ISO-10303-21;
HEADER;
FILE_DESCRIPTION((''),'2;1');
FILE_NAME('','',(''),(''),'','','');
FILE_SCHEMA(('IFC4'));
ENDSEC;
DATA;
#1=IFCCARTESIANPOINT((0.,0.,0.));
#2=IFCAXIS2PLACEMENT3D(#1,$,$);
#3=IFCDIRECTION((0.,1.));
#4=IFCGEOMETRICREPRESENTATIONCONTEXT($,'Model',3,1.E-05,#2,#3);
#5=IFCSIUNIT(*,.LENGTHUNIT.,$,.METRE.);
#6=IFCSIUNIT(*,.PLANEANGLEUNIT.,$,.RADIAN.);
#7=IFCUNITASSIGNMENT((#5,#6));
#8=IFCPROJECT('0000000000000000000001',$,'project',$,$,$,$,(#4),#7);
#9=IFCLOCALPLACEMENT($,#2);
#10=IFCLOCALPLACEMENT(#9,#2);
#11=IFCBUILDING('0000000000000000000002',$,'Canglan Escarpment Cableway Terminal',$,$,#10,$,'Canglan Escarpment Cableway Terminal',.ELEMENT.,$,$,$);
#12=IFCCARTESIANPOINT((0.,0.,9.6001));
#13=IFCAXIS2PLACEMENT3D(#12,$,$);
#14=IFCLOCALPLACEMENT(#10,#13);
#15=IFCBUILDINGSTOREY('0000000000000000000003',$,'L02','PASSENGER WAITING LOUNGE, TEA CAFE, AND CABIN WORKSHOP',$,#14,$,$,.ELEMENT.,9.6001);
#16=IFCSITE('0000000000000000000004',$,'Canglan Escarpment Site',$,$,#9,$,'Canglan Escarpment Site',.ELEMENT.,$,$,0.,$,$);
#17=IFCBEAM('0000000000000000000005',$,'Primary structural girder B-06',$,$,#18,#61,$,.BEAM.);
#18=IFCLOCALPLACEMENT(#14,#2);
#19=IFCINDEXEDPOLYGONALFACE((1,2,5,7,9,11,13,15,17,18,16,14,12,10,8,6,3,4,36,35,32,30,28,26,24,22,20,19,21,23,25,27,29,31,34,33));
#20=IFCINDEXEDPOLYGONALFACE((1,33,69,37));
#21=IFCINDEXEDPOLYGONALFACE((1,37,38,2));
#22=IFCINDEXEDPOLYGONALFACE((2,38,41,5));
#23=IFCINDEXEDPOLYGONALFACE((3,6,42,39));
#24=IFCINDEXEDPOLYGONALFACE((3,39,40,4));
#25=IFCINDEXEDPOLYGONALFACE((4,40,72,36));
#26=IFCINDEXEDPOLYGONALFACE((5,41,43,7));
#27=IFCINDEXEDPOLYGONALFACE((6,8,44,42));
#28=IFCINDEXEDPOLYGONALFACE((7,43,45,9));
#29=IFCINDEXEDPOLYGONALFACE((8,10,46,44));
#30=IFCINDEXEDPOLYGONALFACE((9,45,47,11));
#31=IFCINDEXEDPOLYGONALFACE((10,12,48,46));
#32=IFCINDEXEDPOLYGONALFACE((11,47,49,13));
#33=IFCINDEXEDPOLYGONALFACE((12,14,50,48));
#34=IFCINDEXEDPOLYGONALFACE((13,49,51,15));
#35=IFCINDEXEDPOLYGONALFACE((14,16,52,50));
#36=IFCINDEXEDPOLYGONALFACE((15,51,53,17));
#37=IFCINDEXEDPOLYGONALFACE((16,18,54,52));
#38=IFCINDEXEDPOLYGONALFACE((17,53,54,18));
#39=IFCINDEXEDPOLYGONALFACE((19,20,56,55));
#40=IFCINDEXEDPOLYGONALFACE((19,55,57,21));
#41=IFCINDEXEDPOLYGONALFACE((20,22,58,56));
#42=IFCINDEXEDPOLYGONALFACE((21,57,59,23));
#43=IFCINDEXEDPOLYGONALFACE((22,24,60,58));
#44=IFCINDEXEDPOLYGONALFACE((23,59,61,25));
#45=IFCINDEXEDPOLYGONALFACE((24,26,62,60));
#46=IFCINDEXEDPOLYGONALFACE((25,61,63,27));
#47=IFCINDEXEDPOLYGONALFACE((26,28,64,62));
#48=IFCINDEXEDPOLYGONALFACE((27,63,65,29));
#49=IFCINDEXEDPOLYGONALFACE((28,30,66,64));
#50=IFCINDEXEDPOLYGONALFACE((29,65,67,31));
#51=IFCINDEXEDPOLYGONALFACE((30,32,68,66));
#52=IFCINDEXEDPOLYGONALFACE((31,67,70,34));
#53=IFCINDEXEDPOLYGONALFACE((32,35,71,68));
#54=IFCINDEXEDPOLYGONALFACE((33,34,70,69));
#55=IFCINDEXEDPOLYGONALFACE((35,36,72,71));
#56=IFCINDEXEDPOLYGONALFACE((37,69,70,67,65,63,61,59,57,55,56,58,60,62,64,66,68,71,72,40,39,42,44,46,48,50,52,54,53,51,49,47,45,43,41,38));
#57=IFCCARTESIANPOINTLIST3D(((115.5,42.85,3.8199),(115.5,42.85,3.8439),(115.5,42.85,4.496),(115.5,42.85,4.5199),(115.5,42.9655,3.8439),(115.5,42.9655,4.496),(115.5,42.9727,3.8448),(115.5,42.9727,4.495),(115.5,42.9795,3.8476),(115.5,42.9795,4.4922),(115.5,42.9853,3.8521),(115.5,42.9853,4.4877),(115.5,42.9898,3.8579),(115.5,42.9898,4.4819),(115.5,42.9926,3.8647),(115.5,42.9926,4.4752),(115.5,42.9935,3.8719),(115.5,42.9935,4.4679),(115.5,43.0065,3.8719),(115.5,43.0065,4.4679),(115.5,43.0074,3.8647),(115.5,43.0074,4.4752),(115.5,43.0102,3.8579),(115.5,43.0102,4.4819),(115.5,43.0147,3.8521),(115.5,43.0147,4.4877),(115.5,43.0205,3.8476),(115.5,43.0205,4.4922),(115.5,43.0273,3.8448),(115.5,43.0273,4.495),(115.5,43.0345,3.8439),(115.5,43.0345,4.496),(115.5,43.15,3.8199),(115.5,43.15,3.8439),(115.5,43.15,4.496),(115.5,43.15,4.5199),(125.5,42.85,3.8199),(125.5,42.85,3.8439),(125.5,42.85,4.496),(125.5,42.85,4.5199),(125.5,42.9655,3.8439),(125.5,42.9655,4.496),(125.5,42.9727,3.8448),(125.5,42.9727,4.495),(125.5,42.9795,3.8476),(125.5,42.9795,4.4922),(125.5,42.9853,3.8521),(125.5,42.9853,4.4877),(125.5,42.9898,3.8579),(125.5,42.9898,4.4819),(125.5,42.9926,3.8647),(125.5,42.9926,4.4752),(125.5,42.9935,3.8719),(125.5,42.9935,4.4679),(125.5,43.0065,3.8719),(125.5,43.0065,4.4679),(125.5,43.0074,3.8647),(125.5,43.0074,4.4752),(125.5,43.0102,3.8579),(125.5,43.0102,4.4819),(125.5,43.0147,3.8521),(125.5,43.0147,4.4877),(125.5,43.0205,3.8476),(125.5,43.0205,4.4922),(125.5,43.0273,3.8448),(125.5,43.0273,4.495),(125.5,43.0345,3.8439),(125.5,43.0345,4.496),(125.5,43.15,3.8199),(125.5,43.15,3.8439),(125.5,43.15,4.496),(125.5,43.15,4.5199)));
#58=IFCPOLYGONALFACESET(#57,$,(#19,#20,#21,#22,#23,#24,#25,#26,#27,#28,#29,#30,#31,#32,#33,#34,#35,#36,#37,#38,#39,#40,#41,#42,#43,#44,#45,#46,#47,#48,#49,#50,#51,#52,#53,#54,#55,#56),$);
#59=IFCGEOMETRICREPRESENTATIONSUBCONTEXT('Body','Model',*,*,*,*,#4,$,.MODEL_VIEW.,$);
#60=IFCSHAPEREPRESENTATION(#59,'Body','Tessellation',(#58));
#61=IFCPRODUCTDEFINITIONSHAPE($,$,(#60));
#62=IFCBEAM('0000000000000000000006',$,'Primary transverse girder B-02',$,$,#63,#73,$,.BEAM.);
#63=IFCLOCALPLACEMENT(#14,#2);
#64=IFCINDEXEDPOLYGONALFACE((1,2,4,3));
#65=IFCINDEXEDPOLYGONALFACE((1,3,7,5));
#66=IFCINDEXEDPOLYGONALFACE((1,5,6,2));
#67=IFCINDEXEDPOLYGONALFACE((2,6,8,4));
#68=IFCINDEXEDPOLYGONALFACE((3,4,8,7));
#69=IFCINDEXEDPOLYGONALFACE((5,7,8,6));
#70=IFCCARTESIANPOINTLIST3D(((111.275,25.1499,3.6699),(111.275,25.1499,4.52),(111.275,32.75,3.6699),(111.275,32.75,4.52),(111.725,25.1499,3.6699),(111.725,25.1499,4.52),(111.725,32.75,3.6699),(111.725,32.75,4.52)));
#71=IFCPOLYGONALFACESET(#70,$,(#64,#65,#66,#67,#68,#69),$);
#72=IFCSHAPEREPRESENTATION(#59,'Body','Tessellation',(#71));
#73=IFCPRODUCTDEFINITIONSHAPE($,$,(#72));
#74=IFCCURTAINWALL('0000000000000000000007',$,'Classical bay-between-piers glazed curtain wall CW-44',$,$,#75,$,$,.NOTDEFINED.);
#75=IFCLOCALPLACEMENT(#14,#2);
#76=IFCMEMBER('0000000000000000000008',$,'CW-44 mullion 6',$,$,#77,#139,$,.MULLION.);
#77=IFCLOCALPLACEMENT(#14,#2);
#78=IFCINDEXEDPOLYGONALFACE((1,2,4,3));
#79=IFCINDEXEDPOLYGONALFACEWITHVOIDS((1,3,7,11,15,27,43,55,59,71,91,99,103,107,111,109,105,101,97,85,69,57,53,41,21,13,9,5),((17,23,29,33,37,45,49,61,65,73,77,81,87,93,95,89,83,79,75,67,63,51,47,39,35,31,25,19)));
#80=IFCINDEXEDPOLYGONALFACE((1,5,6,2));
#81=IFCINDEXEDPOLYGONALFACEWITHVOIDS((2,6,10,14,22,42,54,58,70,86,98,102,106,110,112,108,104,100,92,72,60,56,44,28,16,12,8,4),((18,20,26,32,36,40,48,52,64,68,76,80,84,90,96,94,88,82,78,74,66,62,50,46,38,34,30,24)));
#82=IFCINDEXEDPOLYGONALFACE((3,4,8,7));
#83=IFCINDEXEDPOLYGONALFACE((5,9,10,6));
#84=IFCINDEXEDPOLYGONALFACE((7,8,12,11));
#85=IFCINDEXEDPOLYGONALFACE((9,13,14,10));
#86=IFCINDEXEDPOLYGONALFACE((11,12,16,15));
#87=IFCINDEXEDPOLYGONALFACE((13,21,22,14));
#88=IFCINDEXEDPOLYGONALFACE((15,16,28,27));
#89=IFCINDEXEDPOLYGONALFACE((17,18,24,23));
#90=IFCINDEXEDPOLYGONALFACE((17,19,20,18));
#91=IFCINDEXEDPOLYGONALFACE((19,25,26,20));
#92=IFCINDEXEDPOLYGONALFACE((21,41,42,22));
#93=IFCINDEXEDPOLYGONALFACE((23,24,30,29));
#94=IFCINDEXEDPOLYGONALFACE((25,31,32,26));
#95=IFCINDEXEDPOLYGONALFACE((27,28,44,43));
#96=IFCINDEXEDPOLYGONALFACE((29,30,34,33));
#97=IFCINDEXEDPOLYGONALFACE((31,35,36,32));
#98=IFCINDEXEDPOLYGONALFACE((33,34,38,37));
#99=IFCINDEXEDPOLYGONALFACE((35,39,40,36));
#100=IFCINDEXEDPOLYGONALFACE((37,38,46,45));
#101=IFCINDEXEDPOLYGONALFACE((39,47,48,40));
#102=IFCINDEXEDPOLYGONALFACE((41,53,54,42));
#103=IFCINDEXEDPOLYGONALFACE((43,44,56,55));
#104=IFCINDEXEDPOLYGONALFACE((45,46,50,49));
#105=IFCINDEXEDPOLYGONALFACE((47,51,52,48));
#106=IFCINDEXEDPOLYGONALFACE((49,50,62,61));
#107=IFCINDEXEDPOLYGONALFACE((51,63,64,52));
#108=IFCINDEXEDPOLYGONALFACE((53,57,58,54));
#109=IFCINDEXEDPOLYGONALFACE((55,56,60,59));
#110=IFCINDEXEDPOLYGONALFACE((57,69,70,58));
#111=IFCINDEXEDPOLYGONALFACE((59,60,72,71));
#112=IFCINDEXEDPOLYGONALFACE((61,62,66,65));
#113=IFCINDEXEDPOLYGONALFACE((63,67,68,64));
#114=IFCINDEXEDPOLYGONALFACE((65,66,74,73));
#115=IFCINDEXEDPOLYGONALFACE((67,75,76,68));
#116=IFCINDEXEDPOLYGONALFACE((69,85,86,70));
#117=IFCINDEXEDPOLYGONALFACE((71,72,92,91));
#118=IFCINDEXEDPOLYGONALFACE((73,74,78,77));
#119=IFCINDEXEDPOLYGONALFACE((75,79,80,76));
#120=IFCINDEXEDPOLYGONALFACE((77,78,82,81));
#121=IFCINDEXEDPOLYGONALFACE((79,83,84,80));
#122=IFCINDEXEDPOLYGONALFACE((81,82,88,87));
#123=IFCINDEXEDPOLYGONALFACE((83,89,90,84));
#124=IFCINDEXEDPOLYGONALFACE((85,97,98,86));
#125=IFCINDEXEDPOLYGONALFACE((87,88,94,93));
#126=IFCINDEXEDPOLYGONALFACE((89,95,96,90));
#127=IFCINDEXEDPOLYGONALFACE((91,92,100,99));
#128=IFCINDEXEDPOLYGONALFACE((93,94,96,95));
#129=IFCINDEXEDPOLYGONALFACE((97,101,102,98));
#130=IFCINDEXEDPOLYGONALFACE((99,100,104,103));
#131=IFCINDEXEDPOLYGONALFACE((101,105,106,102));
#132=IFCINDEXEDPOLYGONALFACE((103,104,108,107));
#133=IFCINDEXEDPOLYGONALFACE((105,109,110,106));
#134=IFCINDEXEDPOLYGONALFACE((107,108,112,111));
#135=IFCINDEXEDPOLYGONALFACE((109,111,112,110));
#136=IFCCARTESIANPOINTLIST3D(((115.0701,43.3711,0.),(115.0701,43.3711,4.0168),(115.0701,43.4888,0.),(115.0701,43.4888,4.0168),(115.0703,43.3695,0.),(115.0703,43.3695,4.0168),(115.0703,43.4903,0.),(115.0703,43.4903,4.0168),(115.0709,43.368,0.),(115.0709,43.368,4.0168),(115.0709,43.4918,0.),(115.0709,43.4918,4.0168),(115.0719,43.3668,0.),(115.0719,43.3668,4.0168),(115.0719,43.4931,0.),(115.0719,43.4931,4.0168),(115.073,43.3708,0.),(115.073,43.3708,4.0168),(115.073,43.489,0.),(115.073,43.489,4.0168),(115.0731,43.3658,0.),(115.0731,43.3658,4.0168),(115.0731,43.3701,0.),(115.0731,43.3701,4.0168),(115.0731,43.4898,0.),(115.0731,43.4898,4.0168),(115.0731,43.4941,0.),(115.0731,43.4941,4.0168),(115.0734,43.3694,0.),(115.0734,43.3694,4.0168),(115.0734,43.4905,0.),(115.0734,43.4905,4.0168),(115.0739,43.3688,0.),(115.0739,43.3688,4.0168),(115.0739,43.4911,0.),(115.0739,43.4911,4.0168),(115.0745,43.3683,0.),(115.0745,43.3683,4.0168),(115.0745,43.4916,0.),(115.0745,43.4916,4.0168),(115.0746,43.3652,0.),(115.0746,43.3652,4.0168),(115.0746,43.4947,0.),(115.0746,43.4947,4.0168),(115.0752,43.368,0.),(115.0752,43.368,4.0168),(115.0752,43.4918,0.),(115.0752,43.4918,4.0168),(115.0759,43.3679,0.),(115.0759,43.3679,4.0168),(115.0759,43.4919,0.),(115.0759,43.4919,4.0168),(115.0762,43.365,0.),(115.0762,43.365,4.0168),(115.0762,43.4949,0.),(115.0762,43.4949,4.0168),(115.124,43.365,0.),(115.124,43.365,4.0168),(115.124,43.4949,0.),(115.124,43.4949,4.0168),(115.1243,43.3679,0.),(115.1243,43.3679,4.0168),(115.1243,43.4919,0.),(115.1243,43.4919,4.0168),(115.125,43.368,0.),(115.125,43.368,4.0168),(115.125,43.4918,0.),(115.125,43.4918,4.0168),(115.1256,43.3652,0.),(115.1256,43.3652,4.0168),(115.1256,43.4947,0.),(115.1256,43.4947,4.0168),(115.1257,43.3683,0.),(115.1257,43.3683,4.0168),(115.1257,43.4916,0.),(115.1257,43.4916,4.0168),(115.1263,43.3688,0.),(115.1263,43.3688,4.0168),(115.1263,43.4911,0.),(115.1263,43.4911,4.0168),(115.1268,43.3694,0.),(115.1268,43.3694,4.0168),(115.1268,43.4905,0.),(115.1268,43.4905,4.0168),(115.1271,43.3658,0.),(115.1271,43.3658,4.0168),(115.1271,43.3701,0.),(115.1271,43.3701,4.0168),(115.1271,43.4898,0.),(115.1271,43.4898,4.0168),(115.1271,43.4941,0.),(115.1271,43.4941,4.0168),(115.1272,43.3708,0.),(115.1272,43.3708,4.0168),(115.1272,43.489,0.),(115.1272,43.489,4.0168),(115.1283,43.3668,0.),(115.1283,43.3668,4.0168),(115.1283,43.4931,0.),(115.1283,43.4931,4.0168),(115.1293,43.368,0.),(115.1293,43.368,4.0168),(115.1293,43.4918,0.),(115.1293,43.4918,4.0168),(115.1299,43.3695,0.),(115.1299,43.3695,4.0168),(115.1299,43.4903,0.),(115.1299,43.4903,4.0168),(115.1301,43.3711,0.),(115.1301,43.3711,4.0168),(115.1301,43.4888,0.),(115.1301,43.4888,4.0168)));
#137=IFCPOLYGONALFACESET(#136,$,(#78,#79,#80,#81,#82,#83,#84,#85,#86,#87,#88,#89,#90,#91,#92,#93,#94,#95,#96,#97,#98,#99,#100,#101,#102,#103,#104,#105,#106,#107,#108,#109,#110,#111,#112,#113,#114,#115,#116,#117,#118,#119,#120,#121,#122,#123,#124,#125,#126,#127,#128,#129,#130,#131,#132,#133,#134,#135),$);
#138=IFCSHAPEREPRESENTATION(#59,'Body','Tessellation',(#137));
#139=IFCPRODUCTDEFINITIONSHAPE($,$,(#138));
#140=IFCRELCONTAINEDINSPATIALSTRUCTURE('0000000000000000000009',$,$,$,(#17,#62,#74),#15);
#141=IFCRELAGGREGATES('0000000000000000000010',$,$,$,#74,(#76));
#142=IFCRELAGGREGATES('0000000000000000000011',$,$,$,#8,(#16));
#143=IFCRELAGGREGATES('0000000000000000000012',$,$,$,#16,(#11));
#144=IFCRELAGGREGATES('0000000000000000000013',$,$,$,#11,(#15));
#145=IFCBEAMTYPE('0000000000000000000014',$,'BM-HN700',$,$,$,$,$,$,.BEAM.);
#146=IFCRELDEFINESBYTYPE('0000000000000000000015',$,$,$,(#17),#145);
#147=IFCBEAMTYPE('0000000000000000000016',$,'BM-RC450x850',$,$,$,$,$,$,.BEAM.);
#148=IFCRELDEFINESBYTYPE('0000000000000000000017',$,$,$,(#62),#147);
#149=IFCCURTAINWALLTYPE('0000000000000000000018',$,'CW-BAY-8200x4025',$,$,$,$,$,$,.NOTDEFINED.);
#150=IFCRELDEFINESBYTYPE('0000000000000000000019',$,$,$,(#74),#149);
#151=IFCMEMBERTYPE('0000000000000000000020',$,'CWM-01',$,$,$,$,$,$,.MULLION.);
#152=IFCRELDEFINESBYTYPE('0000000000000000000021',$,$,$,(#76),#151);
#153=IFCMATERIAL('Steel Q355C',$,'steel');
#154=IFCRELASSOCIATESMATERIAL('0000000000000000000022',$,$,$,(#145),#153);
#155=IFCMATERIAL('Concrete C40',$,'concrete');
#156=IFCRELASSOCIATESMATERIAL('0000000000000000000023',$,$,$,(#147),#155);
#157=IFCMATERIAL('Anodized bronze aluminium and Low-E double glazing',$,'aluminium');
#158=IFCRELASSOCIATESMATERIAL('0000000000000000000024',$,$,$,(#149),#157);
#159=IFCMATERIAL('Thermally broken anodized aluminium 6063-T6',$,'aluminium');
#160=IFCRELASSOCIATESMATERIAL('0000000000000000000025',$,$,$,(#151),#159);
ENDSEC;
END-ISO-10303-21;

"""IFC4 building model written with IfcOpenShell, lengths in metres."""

from ifc_helpers import new_model, si_unit, direction, frame, origin, origin_2d, place, context, subcontext, project, spatial, rectangle, hollow_rectangle, i_section, extrude, material, material_profile, profile_set, type_object, element, aggregate, save


model = new_model("IFC4")

# Units and contexts
model_context = context("Model", 3, precision=1e-05, world=origin(), true_north=direction((0.0, 1.0)))
body_context = subcontext(model_context, "Body", "Model", "MODEL_VIEW")
ifc_project = project(units=[si_unit("LENGTHUNIT", "METRE"), si_unit("PLANEANGLEUNIT", "RADIAN")], contexts=[model_context])

# Site, building, storey
site_placement = place(None, origin())
site = spatial("IfcSite", under=ifc_project, at=site_placement, Name="Canglan Escarpment Site", LongName="Canglan Escarpment Site", CompositionType="ELEMENT", RefElevation=0.0)
building_placement = place(site_placement, origin())
building = spatial("IfcBuilding", under=site, at=building_placement, Name="Canglan Escarpment Cableway Terminal", LongName="Canglan Escarpment Cableway Terminal", CompositionType="ELEMENT")
storey_placement = place(building_placement, frame((0.0, 0.0, 9.6001)))
storey = spatial("IfcBuildingStorey", under=building, at=storey_placement, Name="L02", Description="PASSENGER WAITING LOUNGE, TEA CAFE, AND CABIN WORKSHOP", CompositionType="ELEMENT", Elevation=9.6001)

# Shared definitions
ifc_material_1 = material(Name="Concrete C40", Category="concrete")

# Beams
ifc_material_2 = material(Name="Steel Q355C", Category="steel")
ifc_material_profile_1 = material_profile(ifc_material_2, i_section(OverallWidth=0.3, OverallDepth=0.7, WebThickness=0.0129, FlangeThickness=0.0239, FilletRadius=0.0281, at=origin_2d()), Name="HN 700x300x13x24")
ifc_profile_set_1 = profile_set([ifc_material_profile_1], Name="Steel Q355C")
beam_type_1 = type_object("IfcBeamType", Name="BM-HN700", PredefinedType="BEAM", material=ifc_profile_set_1)
beam_1_placement = place(storey_placement, frame((115.5, 43.0, 4.1699), z_axis=(1.0, 0.0, 0.0), x_axis=(0.0, 1.0, 0.0)))
element("IfcBeam", 1, at=beam_1_placement, inside=storey, type_object=beam_type_1, Name="Primary structural girder B-06", PredefinedType="BEAM", context=body_context, shape_type="SweptSolid", body=[
    extrude(i_section(OverallWidth=0.3, OverallDepth=0.7, WebThickness=0.0129, FlangeThickness=0.0239, FilletRadius=0.0281, at=origin_2d()), origin(), (0.0, 0.0, 1.0), 10.0),
])
ifc_material_profile_2 = material_profile(ifc_material_1, rectangle(XDim=0.45, YDim=0.8501, at=origin_2d()), Name="RC 450x850")
ifc_profile_set_2 = profile_set([ifc_material_profile_2], Name="Concrete C40")
beam_type_2 = type_object("IfcBeamType", Name="BM-RC450x850", PredefinedType="BEAM", material=ifc_profile_set_2)
beam_2_placement = place(storey_placement, frame((111.5, 25.1499, 4.095), z_axis=(0.0, 1.0, 0.0), x_axis=(-1.0, 0.0, 0.0)))
element("IfcBeam", 2, at=beam_2_placement, inside=storey, type_object=beam_type_2, Name="Primary transverse girder B-02", PredefinedType="BEAM", context=body_context, shape_type="SweptSolid", body=[
    extrude(rectangle(XDim=0.45, YDim=0.8501, at=origin_2d()), origin(), (0.0, 0.0, 1.0), 7.6001),
])

# Curtain wall, member
ifc_material_3 = material(Name="Anodized bronze aluminium and Low-E double glazing", Category="aluminium")
curtain_wall_type_1 = type_object("IfcCurtainWallType", Name="CW-BAY-8200x4025", PredefinedType="NOTDEFINED", material=ifc_material_3)
curtain_wall_1_placement = place(storey_placement, origin())
curtain_wall_1 = element("IfcCurtainWall", 3, at=curtain_wall_1_placement, inside=storey, type_object=curtain_wall_type_1, Name="Classical bay-between-piers glazed curtain wall CW-44", PredefinedType="NOTDEFINED")
ifc_material_4 = material(Name="Thermally broken anodized aluminium 6063-T6", Category="aluminium")
ifc_material_profile_3 = material_profile(ifc_material_4, hollow_rectangle(XDim=0.0601, YDim=0.1299, WallThickness=0.0029, InnerFilletRadius=0.0029, OuterFilletRadius=0.0061, at=origin_2d()), Name="ALU-MULL 60x130x3")
ifc_profile_set_3 = profile_set([ifc_material_profile_3], Name="Thermally broken anodized aluminium 6063-T6")
member_type_1 = type_object("IfcMemberType", Name="CWM-01", PredefinedType="MULLION", material=ifc_profile_set_3)
member_1_placement = place(storey_placement, frame((115.1001, 43.4299, 0.0), z_axis=(0.0, 0.0, 1.0), x_axis=(1.0, 0.0, 0.0)))
member_1 = element("IfcMember", 4, at=member_1_placement, type_object=member_type_1, Name="CW-44 mullion 6", PredefinedType="MULLION", context=body_context, shape_type="SweptSolid", body=[
    extrude(hollow_rectangle(XDim=0.0601, YDim=0.1299, WallThickness=0.0029, InnerFilletRadius=0.0029, OuterFilletRadius=0.0061, at=origin_2d()), origin(), (0.0, 0.0, 1.0), 4.0168),
])

aggregate(curtain_wall_1, [member_1])

save(model, "model.ifc")
